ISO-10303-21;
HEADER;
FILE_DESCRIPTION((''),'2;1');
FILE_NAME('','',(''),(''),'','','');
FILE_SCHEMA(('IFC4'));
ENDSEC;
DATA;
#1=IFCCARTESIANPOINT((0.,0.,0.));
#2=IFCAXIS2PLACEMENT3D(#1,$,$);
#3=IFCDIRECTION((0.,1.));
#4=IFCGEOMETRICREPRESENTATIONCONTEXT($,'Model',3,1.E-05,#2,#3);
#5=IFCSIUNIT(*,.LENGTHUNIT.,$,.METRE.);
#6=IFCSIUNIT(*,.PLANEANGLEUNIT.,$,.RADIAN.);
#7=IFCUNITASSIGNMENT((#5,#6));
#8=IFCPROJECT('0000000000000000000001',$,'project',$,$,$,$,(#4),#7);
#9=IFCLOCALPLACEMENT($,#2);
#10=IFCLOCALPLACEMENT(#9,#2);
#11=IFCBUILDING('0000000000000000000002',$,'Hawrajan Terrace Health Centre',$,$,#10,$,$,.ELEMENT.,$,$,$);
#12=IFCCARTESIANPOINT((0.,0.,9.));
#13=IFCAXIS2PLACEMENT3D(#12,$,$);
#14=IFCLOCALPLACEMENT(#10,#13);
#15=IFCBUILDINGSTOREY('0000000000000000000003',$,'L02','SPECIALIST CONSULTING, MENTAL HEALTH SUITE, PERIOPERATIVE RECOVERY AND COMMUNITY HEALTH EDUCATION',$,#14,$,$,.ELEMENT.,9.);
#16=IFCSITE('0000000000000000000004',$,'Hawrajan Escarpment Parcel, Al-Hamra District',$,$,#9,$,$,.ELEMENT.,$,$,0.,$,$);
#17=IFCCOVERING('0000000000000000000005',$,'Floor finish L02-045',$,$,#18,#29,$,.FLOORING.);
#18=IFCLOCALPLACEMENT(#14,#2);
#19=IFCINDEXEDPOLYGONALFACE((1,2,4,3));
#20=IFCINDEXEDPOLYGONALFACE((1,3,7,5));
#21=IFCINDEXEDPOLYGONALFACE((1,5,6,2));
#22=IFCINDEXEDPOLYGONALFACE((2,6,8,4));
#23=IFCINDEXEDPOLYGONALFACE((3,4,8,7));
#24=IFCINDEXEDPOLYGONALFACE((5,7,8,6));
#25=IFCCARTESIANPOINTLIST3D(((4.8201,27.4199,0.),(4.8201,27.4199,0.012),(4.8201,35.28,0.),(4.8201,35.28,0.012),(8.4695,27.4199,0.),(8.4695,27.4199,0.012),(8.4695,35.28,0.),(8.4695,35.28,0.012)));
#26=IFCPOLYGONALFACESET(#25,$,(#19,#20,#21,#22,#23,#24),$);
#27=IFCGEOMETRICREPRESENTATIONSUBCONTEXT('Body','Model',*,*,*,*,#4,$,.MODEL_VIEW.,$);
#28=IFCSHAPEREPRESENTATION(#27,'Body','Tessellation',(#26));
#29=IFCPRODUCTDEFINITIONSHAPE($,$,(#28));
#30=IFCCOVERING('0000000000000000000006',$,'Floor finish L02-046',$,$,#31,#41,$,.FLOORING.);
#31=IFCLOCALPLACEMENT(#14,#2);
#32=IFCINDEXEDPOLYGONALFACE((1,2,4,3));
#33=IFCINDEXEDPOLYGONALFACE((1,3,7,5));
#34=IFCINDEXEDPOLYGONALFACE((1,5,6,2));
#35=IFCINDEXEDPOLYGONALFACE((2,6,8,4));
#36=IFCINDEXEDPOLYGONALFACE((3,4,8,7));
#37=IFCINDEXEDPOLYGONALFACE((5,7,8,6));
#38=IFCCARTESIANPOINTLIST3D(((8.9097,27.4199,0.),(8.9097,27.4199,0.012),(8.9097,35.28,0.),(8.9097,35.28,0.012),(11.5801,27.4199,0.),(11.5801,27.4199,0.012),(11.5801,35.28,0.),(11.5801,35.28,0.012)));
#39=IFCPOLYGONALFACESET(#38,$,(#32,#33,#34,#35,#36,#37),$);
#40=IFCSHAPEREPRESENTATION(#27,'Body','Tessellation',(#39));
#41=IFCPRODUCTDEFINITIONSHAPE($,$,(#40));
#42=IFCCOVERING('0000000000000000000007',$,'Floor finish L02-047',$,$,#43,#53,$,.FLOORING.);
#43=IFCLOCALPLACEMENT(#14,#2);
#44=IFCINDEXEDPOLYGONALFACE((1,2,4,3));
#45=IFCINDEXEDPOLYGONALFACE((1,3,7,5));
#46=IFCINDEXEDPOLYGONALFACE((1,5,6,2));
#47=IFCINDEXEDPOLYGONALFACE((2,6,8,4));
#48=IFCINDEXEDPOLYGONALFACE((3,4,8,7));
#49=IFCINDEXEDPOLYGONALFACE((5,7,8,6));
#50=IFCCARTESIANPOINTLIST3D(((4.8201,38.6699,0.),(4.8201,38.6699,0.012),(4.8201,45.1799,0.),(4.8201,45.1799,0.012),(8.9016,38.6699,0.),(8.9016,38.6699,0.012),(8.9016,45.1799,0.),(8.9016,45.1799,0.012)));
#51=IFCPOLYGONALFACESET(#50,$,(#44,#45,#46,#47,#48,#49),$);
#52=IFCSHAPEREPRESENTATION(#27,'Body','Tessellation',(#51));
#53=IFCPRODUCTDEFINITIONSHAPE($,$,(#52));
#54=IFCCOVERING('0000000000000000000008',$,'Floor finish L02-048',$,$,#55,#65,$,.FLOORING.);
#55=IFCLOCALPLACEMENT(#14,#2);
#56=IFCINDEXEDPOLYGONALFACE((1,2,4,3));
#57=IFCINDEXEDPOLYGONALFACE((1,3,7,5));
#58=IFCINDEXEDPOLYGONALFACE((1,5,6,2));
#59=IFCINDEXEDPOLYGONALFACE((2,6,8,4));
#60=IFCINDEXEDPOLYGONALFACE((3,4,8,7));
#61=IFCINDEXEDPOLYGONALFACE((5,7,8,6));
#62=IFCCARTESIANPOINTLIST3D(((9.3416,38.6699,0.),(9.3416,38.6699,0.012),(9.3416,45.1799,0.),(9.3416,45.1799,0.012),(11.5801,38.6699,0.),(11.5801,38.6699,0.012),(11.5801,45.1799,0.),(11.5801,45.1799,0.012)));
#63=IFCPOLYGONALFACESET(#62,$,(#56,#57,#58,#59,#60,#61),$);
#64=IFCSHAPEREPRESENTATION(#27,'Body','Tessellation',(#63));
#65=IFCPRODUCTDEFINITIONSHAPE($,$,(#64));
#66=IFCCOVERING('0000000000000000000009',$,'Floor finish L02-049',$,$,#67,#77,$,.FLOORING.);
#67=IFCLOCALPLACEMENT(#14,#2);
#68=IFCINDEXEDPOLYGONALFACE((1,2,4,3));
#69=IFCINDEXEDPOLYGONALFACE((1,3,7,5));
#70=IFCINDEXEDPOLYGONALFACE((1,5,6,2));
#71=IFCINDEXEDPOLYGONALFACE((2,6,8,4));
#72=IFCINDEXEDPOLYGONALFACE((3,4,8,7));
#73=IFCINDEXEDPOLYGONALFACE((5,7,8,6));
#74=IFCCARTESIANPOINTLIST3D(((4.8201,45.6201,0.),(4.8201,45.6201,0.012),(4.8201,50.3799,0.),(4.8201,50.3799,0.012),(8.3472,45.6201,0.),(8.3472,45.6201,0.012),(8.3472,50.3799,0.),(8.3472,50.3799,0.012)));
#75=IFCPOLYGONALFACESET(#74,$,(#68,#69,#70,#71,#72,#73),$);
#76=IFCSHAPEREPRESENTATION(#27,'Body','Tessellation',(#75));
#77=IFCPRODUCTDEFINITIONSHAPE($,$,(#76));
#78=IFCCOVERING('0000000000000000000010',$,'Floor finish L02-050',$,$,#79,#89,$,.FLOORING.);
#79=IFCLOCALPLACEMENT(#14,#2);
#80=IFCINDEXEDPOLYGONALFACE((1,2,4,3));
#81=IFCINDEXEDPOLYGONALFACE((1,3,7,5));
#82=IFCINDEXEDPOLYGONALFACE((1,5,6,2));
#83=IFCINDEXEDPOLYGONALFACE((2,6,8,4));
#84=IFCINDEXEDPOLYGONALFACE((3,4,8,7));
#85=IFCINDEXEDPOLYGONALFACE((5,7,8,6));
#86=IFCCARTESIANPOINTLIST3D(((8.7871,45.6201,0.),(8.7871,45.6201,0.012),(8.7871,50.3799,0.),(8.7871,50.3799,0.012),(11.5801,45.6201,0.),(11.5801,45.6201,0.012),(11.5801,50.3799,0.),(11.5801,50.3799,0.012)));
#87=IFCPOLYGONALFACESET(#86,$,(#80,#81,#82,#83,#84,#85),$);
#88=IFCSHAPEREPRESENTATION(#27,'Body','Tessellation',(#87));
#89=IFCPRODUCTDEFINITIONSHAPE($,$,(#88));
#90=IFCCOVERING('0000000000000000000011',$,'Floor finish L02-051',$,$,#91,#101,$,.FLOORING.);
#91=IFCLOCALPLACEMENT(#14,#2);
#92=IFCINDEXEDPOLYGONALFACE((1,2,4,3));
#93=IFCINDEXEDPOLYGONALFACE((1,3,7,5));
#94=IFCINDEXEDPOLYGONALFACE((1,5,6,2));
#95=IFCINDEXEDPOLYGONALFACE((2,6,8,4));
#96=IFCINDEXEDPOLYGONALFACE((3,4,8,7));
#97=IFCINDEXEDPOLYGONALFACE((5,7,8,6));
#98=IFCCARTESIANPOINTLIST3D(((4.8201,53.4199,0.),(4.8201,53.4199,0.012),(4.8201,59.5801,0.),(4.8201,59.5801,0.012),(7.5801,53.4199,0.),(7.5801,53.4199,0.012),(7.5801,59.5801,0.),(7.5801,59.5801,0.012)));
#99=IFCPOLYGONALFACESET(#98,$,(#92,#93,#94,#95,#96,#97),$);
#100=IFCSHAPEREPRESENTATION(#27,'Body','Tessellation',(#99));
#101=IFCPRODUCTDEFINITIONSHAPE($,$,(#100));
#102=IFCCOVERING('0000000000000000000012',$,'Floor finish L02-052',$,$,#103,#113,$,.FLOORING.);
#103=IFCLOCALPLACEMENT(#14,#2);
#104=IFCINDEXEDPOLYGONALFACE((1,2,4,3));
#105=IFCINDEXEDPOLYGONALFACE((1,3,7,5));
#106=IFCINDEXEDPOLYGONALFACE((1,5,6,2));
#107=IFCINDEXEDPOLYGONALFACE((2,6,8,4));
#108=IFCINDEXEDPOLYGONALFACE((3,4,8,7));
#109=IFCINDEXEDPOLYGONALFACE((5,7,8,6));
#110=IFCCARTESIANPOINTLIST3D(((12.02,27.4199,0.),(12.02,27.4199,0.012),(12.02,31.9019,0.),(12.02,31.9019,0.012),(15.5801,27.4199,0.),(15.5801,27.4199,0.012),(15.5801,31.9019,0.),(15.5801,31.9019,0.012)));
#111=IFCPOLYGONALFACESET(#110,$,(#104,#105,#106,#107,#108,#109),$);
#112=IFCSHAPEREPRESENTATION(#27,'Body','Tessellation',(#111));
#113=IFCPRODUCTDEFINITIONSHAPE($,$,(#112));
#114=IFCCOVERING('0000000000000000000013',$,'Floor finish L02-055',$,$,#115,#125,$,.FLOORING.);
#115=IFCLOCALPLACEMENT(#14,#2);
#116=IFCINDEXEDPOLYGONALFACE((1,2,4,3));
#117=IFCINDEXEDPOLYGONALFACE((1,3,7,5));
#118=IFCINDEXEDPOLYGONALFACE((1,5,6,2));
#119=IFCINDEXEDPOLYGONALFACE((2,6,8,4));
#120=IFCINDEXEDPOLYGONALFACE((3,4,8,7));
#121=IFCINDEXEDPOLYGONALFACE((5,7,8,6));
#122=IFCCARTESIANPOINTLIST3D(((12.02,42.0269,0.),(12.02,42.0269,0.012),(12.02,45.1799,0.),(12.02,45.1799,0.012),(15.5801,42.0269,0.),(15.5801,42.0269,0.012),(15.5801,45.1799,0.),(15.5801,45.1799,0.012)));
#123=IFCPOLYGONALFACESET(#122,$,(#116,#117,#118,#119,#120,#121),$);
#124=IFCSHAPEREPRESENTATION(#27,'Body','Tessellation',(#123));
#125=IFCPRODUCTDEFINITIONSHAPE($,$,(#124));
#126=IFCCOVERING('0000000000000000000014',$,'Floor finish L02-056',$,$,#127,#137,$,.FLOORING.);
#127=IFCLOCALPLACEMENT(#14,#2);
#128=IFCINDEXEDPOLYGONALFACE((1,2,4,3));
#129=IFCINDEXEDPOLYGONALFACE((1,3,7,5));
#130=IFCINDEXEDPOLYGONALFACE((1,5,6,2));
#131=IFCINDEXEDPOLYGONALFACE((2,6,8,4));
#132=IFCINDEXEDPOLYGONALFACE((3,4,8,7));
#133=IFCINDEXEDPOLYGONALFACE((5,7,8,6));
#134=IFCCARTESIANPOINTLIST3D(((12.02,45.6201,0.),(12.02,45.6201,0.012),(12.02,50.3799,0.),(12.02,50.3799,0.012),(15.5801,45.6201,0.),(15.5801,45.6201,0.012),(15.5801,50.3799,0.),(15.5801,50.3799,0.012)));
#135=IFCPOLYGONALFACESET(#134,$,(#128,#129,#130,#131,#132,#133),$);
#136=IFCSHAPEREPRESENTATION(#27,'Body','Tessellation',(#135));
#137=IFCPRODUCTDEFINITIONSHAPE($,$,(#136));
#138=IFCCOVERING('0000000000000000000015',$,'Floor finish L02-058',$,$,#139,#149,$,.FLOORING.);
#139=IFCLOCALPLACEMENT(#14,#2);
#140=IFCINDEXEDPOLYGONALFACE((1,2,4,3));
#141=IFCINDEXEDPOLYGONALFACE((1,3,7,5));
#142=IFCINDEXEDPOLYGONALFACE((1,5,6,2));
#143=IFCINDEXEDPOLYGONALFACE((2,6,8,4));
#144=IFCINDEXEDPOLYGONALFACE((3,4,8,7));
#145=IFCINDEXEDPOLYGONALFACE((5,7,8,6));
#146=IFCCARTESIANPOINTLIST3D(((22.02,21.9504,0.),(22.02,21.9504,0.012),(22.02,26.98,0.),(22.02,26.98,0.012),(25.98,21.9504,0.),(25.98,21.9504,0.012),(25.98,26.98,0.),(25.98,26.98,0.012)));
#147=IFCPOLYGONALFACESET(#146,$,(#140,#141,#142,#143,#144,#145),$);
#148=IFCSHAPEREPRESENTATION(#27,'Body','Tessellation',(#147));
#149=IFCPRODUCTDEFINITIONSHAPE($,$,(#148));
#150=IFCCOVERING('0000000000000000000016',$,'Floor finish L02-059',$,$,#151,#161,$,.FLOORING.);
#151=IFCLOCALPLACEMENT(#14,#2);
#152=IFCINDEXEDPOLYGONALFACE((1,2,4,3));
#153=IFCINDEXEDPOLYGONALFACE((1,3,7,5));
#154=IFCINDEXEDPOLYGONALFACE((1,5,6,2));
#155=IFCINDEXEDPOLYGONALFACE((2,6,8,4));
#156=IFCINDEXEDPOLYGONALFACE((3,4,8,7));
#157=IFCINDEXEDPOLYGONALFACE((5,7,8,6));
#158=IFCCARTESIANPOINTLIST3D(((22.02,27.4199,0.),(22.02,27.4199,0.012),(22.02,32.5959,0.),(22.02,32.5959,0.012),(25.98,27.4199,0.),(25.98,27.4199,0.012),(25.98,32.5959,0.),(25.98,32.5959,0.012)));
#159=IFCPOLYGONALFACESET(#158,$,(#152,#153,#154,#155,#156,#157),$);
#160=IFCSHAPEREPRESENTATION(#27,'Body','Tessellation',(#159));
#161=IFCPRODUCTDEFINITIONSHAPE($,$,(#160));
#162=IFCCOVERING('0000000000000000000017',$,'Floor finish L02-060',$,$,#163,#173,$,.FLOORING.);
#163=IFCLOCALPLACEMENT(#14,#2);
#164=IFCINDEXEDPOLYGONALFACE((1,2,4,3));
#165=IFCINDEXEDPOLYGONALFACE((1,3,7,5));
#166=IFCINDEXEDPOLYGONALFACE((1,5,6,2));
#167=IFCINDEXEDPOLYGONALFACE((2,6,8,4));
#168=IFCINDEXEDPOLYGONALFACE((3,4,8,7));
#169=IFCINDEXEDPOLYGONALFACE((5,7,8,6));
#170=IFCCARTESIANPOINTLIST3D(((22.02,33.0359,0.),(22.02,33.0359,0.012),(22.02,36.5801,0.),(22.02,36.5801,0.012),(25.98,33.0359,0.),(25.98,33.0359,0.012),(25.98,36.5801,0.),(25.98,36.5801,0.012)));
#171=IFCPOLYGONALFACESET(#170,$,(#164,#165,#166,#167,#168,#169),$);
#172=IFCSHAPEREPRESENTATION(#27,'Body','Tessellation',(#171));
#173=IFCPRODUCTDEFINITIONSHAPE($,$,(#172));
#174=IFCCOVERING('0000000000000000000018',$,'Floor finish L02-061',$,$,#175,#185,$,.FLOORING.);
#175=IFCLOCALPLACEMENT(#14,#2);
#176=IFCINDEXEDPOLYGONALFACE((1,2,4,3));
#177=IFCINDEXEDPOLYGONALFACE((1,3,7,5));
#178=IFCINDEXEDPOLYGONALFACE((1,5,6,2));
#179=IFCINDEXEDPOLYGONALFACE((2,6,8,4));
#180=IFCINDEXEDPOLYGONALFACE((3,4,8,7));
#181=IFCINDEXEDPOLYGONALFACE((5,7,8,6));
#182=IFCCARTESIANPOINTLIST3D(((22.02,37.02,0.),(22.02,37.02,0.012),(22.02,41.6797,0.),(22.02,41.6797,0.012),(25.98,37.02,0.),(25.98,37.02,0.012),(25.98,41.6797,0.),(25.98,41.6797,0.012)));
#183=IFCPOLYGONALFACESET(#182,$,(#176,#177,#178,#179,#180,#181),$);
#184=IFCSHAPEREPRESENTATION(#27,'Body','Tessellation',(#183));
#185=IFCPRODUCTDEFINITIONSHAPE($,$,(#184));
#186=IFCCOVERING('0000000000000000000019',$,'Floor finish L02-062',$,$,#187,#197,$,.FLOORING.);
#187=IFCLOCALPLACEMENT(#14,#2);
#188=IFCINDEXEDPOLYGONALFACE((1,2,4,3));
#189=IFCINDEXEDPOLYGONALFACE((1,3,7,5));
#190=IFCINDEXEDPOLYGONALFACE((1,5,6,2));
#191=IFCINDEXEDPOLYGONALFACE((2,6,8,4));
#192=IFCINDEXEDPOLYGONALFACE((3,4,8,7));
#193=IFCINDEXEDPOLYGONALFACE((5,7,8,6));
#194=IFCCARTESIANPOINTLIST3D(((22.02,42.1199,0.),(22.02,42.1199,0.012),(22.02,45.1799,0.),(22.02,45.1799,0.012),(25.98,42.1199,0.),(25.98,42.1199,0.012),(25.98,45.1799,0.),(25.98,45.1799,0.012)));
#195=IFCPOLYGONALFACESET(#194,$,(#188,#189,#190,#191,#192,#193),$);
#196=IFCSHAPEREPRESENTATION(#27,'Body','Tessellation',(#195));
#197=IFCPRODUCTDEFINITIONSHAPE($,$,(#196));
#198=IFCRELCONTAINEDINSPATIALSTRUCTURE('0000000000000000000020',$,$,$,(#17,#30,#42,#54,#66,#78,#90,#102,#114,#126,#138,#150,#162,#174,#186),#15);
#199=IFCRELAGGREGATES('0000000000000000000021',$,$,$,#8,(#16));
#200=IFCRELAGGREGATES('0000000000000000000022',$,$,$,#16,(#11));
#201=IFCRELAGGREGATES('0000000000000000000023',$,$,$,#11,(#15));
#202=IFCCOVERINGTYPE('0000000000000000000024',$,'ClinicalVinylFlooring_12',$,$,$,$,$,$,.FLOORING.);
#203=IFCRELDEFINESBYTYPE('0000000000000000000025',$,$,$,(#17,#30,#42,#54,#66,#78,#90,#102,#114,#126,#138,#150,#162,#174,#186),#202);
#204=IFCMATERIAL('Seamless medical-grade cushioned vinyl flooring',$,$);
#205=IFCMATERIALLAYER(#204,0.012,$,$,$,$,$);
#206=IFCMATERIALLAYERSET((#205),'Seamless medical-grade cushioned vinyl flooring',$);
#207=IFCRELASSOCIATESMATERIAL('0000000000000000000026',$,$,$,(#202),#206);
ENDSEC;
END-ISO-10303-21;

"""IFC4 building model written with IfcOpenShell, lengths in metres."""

from ifc_helpers import new_model, si_unit, direction, frame, origin, place, context, subcontext, project, spatial, polyline, outline, extrude, material, layer, layer_set, type_object, element, save


model = new_model("IFC4")

# Units and contexts
model_context = context("Model", 3, precision=1e-05, world=origin(), true_north=direction((0.0, 1.0)))
body_context = subcontext(model_context, "Body", "Model", "MODEL_VIEW")
ifc_project = project(units=[si_unit("LENGTHUNIT", "METRE"), si_unit("PLANEANGLEUNIT", "RADIAN")], contexts=[model_context])

# Site, building, storey
site_placement = place(None, origin())
site = spatial("IfcSite", under=ifc_project, at=site_placement, Name="Hawrajan Escarpment Parcel, Al-Hamra District", CompositionType="ELEMENT", RefElevation=0.0)
building_placement = place(site_placement, origin())
building = spatial("IfcBuilding", under=site, at=building_placement, Name="Hawrajan Terrace Health Centre", CompositionType="ELEMENT")
storey_placement = place(building_placement, frame((0.0, 0.0, 9.0)))
storey = spatial("IfcBuildingStorey", under=building, at=storey_placement, Name="L02", Description="SPECIALIST CONSULTING, MENTAL HEALTH SUITE, PERIOPERATIVE RECOVERY AND COMMUNITY HEALTH EDUCATION", CompositionType="ELEMENT", Elevation=9.0)

# Coverings
ifc_material_1 = material(Name="Seamless medical-grade cushioned vinyl flooring")
ifc_layer_1 = layer(ifc_material_1, 0.012)
ifc_layer_set_1 = layer_set([ifc_layer_1], Name="Seamless medical-grade cushioned vinyl flooring")
covering_type_1 = type_object("IfcCoveringType", Name="ClinicalVinylFlooring_12", PredefinedType="FLOORING", material=ifc_layer_set_1)
covering_1_placement = place(storey_placement, origin())
element("IfcCovering", 1, at=covering_1_placement, inside=storey, type_object=covering_type_1, Name="Floor finish L02-045", PredefinedType="FLOORING", context=body_context, shape_type="SweptSolid", body=[
    extrude(outline(polyline([(4.8201, 35.28), (8.4695, 35.28), (8.4695, 27.4199), (4.8201, 27.4199), (4.8201, 35.28)])), origin(), (0.0, 0.0, 1.0), 0.012),
])
covering_2_placement = place(storey_placement, origin())
element("IfcCovering", 2, at=covering_2_placement, inside=storey, type_object=covering_type_1, Name="Floor finish L02-046", PredefinedType="FLOORING", context=body_context, shape_type="SweptSolid", body=[
    extrude(outline(polyline([(8.9097, 35.28), (11.5801, 35.28), (11.5801, 27.4199), (8.9097, 27.4199), (8.9097, 35.28)])), origin(), (0.0, 0.0, 1.0), 0.012),
])
covering_3_placement = place(storey_placement, origin())
element("IfcCovering", 3, at=covering_3_placement, inside=storey, type_object=covering_type_1, Name="Floor finish L02-047", PredefinedType="FLOORING", context=body_context, shape_type="SweptSolid", body=[
    extrude(outline(polyline([(4.8201, 45.1799), (8.9016, 45.1799), (8.9016, 38.6699), (4.8201, 38.6699), (4.8201, 45.1799)])), origin(), (0.0, 0.0, 1.0), 0.012),
])
covering_4_placement = place(storey_placement, origin())
element("IfcCovering", 4, at=covering_4_placement, inside=storey, type_object=covering_type_1, Name="Floor finish L02-048", PredefinedType="FLOORING", context=body_context, shape_type="SweptSolid", body=[
    extrude(outline(polyline([(9.3416, 45.1799), (11.5801, 45.1799), (11.5801, 38.6699), (9.3416, 38.6699), (9.3416, 45.1799)])), origin(), (0.0, 0.0, 1.0), 0.012),
])
covering_5_placement = place(storey_placement, origin())
element("IfcCovering", 5, at=covering_5_placement, inside=storey, type_object=covering_type_1, Name="Floor finish L02-049", PredefinedType="FLOORING", context=body_context, shape_type="SweptSolid", body=[
    extrude(outline(polyline([(4.8201, 50.3799), (8.3472, 50.3799), (8.3472, 45.6201), (4.8201, 45.6201), (4.8201, 50.3799)])), origin(), (0.0, 0.0, 1.0), 0.012),
])
covering_6_placement = place(storey_placement, origin())
element("IfcCovering", 6, at=covering_6_placement, inside=storey, type_object=covering_type_1, Name="Floor finish L02-050", PredefinedType="FLOORING", context=body_context, shape_type="SweptSolid", body=[
    extrude(outline(polyline([(8.7871, 50.3799), (11.5801, 50.3799), (11.5801, 45.6201), (8.7871, 45.6201), (8.7871, 50.3799)])), origin(), (0.0, 0.0, 1.0), 0.012),
])
covering_7_placement = place(storey_placement, origin())
element("IfcCovering", 7, at=covering_7_placement, inside=storey, type_object=covering_type_1, Name="Floor finish L02-051", PredefinedType="FLOORING", context=body_context, shape_type="SweptSolid", body=[
    extrude(outline(polyline([(4.8201, 59.5801), (7.5801, 59.5801), (7.5801, 53.4199), (4.8201, 53.4199), (4.8201, 59.5801)])), origin(), (0.0, 0.0, 1.0), 0.012),
])
covering_8_placement = place(storey_placement, origin())
element("IfcCovering", 8, at=covering_8_placement, inside=storey, type_object=covering_type_1, Name="Floor finish L02-052", PredefinedType="FLOORING", context=body_context, shape_type="SweptSolid", body=[
    extrude(outline(polyline([(12.02, 31.9019), (15.5801, 31.9019), (15.5801, 27.4199), (12.02, 27.4199), (12.02, 31.9019)])), origin(), (0.0, 0.0, 1.0), 0.012),
])
covering_9_placement = place(storey_placement, origin())
element("IfcCovering", 9, at=covering_9_placement, inside=storey, type_object=covering_type_1, Name="Floor finish L02-055", PredefinedType="FLOORING", context=body_context, shape_type="SweptSolid", body=[
    extrude(outline(polyline([(12.02, 45.1799), (15.5801, 45.1799), (15.5801, 42.0269), (12.02, 42.0269), (12.02, 45.1799)])), origin(), (0.0, 0.0, 1.0), 0.012),
])
covering_10_placement = place(storey_placement, origin())
element("IfcCovering", 10, at=covering_10_placement, inside=storey, type_object=covering_type_1, Name="Floor finish L02-056", PredefinedType="FLOORING", context=body_context, shape_type="SweptSolid", body=[
    extrude(outline(polyline([(12.02, 50.3799), (15.5801, 50.3799), (15.5801, 45.6201), (12.02, 45.6201), (12.02, 50.3799)])), origin(), (0.0, 0.0, 1.0), 0.012),
])
covering_11_placement = place(storey_placement, origin())
element("IfcCovering", 11, at=covering_11_placement, inside=storey, type_object=covering_type_1, Name="Floor finish L02-058", PredefinedType="FLOORING", context=body_context, shape_type="SweptSolid", body=[
    extrude(outline(polyline([(22.02, 26.98), (25.98, 26.98), (25.98, 21.9504), (22.02, 21.9504), (22.02, 26.98)])), origin(), (0.0, 0.0, 1.0), 0.012),
])
covering_12_placement = place(storey_placement, origin())
element("IfcCovering", 12, at=covering_12_placement, inside=storey, type_object=covering_type_1, Name="Floor finish L02-059", PredefinedType="FLOORING", context=body_context, shape_type="SweptSolid", body=[
    extrude(outline(polyline([(22.02, 32.5959), (25.98, 32.5959), (25.98, 27.4199), (22.02, 27.4199), (22.02, 32.5959)])), origin(), (0.0, 0.0, 1.0), 0.012),
])
covering_13_placement = place(storey_placement, origin())
element("IfcCovering", 13, at=covering_13_placement, inside=storey, type_object=covering_type_1, Name="Floor finish L02-060", PredefinedType="FLOORING", context=body_context, shape_type="SweptSolid", body=[
    extrude(outline(polyline([(22.02, 36.5801), (25.98, 36.5801), (25.98, 33.0359), (22.02, 33.0359), (22.02, 36.5801)])), origin(), (0.0, 0.0, 1.0), 0.012),
])
covering_14_placement = place(storey_placement, origin())
element("IfcCovering", 14, at=covering_14_placement, inside=storey, type_object=covering_type_1, Name="Floor finish L02-061", PredefinedType="FLOORING", context=body_context, shape_type="SweptSolid", body=[
    extrude(outline(polyline([(22.02, 41.6797), (25.98, 41.6797), (25.98, 37.02), (22.02, 37.02), (22.02, 41.6797)])), origin(), (0.0, 0.0, 1.0), 0.012),
])
covering_15_placement = place(storey_placement, origin())
element("IfcCovering", 15, at=covering_15_placement, inside=storey, type_object=covering_type_1, Name="Floor finish L02-062", PredefinedType="FLOORING", context=body_context, shape_type="SweptSolid", body=[
    extrude(outline(polyline([(22.02, 45.1799), (25.98, 45.1799), (25.98, 42.1199), (22.02, 42.1199), (22.02, 45.1799)])), origin(), (0.0, 0.0, 1.0), 0.012),
])

save(model, "model.ifc")
